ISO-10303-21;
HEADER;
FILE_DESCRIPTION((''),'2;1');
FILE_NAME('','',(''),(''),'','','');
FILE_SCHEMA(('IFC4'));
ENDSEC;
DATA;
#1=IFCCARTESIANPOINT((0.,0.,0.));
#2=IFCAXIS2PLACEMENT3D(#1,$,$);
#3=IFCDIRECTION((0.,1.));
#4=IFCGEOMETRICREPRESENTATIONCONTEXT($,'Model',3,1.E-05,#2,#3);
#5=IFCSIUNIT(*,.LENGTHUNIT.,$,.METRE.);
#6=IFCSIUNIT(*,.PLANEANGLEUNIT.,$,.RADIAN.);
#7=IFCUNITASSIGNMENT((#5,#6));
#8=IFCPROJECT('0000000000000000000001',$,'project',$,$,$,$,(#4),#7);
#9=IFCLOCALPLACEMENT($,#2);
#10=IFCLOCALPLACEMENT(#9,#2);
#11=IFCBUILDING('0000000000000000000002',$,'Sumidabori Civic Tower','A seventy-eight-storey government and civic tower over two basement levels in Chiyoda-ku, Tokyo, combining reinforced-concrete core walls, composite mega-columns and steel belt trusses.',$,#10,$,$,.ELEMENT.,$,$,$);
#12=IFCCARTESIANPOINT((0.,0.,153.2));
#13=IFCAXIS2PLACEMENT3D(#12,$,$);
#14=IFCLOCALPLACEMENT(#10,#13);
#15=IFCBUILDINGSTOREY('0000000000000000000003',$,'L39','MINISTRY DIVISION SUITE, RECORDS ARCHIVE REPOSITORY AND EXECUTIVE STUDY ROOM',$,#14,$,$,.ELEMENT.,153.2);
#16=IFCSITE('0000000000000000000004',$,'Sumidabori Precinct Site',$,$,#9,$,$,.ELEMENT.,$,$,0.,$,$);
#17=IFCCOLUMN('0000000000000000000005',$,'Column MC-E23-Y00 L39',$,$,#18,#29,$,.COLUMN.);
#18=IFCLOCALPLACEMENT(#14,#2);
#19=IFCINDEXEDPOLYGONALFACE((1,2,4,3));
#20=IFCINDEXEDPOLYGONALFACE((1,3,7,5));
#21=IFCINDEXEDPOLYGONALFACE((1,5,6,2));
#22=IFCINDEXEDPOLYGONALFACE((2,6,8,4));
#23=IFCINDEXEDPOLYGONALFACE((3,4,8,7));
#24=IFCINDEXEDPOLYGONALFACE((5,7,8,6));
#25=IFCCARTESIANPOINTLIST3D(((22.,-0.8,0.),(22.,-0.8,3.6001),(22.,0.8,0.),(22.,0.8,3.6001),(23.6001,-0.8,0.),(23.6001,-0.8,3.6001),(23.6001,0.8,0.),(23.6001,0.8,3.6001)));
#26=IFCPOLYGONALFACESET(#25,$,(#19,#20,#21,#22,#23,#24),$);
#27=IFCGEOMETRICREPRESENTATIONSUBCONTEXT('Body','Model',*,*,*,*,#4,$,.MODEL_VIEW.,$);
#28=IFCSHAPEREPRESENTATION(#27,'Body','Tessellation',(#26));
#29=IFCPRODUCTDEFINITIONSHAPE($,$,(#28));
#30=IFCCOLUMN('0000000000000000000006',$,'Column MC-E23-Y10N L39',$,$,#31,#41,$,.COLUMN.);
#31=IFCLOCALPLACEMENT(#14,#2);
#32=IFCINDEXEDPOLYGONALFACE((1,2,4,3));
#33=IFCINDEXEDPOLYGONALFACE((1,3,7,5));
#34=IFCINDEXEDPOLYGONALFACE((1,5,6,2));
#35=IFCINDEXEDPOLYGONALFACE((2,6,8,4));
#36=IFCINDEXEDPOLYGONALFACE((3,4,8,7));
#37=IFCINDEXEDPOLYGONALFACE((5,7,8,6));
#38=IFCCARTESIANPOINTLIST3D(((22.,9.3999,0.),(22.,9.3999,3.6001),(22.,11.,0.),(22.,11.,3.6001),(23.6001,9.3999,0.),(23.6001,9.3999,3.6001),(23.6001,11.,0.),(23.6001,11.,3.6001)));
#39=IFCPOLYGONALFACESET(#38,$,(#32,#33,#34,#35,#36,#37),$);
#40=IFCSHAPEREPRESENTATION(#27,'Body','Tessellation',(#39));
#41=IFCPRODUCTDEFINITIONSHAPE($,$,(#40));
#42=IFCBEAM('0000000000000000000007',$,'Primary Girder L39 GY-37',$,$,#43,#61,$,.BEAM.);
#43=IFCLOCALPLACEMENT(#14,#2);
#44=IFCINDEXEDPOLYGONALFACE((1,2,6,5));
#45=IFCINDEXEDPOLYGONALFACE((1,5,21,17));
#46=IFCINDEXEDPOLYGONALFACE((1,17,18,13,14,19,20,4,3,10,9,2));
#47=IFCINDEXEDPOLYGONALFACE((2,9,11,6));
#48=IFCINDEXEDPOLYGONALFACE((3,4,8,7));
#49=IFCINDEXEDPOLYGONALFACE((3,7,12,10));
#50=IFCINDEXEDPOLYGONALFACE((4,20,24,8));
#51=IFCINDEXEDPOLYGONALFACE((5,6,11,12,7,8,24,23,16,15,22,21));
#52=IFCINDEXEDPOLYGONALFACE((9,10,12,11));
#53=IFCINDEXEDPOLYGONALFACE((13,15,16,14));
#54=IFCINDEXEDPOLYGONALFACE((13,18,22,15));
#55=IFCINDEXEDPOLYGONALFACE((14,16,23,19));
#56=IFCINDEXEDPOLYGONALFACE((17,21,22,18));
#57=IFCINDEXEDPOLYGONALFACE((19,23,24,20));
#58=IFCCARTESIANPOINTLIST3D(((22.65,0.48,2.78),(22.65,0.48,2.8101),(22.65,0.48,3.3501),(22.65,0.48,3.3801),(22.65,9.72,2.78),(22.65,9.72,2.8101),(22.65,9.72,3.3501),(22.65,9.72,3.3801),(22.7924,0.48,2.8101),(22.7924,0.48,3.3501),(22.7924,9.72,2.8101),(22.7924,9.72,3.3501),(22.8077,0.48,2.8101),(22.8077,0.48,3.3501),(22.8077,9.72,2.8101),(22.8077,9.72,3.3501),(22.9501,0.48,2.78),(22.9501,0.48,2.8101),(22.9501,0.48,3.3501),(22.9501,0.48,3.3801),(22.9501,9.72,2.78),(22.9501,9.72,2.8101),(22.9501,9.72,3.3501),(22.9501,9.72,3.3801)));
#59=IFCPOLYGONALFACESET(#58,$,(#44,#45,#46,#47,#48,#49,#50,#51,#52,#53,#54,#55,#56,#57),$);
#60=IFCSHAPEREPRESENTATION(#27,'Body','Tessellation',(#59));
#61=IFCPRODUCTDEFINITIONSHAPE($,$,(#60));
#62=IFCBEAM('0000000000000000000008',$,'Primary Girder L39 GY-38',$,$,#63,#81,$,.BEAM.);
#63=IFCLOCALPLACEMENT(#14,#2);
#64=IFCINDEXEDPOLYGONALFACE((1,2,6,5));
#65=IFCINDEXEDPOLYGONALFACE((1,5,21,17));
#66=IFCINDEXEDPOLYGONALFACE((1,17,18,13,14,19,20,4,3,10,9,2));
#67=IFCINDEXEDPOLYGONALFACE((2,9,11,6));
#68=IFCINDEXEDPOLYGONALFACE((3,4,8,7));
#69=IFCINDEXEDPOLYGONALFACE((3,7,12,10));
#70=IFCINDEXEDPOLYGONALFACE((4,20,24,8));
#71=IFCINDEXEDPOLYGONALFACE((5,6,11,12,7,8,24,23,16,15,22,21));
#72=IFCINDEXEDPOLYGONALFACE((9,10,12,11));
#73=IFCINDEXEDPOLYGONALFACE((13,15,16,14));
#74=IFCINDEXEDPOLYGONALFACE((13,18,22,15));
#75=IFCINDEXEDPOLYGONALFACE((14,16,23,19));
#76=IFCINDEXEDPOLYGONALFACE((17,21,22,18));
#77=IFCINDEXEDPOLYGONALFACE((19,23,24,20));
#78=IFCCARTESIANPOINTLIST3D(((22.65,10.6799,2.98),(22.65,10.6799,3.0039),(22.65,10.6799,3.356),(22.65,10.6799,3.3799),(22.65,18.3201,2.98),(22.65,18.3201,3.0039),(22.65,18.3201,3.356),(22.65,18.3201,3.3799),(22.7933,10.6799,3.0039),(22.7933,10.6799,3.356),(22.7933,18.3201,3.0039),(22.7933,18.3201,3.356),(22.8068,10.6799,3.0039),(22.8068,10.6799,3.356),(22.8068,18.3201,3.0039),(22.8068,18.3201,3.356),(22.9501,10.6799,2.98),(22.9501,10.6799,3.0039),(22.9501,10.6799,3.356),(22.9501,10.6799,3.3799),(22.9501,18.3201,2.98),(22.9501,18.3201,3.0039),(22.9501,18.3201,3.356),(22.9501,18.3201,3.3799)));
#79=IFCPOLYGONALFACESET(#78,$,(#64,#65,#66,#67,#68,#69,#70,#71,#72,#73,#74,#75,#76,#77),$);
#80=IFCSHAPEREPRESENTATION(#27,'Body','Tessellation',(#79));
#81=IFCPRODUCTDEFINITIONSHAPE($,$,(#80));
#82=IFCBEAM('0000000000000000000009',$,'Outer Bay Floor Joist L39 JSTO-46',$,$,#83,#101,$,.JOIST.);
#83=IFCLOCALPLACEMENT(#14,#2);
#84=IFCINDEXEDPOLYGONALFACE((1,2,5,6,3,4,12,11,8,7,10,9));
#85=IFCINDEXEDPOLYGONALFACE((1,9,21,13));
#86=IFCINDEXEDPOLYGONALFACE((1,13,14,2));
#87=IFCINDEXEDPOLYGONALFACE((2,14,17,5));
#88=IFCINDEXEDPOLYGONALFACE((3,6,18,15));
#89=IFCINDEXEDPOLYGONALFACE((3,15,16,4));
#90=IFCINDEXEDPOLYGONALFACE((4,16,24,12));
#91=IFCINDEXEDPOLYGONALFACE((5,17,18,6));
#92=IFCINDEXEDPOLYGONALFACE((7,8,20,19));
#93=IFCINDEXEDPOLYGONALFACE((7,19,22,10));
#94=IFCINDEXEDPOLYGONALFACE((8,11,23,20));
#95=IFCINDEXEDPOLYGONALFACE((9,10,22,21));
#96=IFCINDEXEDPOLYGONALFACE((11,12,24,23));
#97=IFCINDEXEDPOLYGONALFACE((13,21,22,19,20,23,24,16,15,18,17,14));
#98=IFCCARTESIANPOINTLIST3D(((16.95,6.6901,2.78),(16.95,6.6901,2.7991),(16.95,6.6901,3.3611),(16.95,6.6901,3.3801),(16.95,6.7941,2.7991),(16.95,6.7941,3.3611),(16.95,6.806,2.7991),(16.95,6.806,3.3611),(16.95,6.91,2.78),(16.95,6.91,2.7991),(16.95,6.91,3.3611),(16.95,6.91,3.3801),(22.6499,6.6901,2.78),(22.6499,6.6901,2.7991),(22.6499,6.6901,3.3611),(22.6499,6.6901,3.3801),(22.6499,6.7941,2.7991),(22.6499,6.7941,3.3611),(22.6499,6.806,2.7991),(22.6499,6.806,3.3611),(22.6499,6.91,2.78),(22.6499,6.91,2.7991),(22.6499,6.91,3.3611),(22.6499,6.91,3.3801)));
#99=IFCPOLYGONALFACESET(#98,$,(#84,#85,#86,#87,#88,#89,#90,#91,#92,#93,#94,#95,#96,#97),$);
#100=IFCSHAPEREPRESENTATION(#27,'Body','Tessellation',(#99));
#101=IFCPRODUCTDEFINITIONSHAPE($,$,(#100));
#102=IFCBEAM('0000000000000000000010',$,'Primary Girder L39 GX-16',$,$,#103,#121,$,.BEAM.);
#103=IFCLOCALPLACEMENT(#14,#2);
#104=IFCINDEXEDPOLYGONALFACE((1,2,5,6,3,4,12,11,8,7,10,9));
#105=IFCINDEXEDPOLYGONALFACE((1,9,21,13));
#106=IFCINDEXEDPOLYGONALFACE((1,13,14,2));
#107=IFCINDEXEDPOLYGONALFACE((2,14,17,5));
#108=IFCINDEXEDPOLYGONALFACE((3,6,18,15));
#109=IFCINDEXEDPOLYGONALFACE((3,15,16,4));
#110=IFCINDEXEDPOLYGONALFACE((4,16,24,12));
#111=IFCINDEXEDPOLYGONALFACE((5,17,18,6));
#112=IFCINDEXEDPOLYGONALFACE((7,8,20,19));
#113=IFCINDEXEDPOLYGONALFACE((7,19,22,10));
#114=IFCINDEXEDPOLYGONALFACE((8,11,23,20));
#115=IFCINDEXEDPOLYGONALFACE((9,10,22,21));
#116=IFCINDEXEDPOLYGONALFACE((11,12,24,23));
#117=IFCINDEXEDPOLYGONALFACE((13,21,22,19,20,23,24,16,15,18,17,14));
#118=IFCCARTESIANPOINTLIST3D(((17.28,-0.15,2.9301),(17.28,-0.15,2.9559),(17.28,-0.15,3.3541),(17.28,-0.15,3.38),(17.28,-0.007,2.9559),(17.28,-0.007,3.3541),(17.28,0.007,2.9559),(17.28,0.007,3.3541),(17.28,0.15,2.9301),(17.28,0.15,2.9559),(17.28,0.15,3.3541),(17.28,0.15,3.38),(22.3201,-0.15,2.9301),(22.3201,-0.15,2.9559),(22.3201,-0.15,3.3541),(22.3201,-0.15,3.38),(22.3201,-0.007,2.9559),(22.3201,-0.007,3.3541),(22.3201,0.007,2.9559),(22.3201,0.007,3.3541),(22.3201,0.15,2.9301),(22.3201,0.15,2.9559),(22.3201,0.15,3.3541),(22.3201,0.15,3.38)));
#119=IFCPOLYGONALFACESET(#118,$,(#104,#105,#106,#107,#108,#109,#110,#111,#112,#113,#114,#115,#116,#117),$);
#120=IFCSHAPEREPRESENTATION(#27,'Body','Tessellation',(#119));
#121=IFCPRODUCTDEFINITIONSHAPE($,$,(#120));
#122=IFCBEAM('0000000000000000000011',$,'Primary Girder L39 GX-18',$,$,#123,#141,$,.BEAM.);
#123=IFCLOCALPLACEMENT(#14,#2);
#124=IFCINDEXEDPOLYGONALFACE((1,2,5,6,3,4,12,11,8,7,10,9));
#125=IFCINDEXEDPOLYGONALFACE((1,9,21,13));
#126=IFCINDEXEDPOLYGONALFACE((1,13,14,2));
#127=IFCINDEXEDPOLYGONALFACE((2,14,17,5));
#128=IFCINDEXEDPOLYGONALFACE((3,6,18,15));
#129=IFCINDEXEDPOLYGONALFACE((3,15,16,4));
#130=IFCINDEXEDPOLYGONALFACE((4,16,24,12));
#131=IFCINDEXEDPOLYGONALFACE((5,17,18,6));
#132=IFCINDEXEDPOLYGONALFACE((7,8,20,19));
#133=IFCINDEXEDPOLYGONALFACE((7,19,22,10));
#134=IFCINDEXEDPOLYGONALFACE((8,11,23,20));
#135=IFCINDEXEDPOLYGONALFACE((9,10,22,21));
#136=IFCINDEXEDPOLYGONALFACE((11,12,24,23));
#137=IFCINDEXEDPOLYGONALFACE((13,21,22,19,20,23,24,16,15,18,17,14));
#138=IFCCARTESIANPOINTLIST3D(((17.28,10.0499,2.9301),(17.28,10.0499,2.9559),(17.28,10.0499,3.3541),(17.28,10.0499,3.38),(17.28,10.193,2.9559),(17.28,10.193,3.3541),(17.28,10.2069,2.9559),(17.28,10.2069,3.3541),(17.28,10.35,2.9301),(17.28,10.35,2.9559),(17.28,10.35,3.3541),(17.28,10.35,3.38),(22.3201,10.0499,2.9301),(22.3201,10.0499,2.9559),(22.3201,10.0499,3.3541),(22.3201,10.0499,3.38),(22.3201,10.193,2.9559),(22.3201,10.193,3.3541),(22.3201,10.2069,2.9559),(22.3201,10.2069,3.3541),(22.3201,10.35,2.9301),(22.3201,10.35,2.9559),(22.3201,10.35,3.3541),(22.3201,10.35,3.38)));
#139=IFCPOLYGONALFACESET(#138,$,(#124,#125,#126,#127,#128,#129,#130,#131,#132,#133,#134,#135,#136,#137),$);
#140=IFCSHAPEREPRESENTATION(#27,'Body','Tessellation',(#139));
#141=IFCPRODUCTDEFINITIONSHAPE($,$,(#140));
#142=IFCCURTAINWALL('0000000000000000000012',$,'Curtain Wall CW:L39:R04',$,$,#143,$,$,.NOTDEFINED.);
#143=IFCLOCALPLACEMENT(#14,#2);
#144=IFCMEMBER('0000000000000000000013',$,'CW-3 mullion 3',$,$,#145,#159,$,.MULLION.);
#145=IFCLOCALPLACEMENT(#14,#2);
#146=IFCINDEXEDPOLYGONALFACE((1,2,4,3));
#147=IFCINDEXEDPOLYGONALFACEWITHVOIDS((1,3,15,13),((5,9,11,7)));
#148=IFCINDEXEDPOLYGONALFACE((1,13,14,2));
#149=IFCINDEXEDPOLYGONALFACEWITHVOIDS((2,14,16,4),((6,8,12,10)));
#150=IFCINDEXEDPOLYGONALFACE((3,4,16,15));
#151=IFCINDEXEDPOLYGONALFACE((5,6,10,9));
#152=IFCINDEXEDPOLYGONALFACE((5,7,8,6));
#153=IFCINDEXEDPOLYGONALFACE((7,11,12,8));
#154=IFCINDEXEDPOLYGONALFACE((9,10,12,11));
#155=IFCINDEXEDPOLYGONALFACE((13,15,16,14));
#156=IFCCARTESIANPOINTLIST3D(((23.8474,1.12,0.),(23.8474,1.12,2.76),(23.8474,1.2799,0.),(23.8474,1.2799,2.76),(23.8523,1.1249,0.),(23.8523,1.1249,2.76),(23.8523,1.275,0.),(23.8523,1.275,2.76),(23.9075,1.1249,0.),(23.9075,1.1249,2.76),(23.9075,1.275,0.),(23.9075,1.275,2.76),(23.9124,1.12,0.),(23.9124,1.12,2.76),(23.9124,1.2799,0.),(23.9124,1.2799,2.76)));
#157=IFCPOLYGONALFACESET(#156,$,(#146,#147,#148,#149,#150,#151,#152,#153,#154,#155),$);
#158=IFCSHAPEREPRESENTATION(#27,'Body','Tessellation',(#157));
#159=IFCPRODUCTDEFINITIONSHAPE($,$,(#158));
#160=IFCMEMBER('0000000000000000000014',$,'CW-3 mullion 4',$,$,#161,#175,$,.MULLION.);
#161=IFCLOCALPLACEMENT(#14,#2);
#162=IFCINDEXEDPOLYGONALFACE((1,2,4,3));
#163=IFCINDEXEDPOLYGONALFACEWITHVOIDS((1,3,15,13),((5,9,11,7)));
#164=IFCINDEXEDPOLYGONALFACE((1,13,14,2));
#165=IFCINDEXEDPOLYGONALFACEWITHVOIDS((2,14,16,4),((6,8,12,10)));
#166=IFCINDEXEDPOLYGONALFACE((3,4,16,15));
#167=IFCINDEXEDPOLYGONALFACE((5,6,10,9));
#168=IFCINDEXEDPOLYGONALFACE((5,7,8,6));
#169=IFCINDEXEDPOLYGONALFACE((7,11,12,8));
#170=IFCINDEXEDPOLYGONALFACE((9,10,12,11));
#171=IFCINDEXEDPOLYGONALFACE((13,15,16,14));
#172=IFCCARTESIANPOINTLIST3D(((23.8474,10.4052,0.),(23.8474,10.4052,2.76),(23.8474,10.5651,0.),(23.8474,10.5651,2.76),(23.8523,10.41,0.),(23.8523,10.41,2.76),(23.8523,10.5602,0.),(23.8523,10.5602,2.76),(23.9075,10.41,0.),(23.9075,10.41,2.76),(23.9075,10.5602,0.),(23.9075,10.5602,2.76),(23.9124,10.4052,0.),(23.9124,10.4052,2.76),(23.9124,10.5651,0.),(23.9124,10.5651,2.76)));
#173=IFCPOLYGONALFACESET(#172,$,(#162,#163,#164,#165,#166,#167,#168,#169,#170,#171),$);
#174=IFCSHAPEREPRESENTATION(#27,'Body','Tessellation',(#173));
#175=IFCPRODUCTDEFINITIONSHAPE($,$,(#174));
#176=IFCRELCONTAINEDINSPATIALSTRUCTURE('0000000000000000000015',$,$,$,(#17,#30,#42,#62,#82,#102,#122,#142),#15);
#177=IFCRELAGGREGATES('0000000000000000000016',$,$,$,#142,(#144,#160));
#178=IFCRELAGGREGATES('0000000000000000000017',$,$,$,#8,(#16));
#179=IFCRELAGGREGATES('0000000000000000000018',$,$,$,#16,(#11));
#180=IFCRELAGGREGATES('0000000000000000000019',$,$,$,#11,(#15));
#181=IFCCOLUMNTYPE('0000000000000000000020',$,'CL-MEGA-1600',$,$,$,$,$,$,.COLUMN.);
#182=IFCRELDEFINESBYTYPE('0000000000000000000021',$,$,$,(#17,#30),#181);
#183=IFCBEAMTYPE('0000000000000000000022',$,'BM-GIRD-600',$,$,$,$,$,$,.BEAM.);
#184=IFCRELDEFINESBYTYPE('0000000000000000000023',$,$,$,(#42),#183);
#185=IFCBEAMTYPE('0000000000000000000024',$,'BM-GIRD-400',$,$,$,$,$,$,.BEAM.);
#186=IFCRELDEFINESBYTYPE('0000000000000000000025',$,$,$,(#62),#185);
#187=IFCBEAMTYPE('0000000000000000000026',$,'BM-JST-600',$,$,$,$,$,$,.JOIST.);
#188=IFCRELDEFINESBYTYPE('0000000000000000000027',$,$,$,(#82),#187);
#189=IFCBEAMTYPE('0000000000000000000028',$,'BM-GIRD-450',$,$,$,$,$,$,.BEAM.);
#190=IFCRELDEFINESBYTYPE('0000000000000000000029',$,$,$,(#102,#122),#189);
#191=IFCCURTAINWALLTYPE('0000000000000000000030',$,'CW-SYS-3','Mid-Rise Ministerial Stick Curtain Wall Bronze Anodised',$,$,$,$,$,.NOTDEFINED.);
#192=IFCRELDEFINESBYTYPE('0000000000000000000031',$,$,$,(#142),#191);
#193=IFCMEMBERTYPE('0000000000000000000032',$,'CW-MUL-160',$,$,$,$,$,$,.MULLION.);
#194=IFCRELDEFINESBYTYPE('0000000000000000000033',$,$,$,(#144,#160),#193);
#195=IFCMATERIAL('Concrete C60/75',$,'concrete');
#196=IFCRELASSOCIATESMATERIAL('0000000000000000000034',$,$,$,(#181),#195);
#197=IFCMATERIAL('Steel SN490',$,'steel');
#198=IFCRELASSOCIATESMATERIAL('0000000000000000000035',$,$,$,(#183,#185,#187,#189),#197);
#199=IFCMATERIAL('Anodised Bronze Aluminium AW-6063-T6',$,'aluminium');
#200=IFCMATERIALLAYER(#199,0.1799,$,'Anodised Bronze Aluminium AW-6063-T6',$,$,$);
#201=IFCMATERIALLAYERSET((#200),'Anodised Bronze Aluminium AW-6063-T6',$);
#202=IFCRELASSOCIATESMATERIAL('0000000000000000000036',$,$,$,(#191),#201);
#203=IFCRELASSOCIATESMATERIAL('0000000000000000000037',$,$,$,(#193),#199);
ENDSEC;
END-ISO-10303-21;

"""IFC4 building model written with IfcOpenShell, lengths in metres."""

from ifc_helpers import new_model, si_unit, direction, frame, origin, origin_2d, place, context, subcontext, project, spatial, rectangle, hollow_rectangle, i_section, extrude, source, transform, mapped, material, layer, layer_set, material_profile, profile_set, type_object, element, aggregate, save


model = new_model("IFC4")

# Units and contexts
model_context = context("Model", 3, precision=1e-05, world=origin(), true_north=direction((0.0, 1.0)))
body_context = subcontext(model_context, "Body", "Model", "MODEL_VIEW")
ifc_project = project(units=[si_unit("LENGTHUNIT", "METRE"), si_unit("PLANEANGLEUNIT", "RADIAN")], contexts=[model_context])

# Site, building, storey
site_placement = place(None, origin())
site = spatial("IfcSite", under=ifc_project, at=site_placement, Name="Sumidabori Precinct Site", CompositionType="ELEMENT", RefElevation=0.0)
building_placement = place(site_placement, origin())
building = spatial("IfcBuilding", under=site, at=building_placement, Name="Sumidabori Civic Tower", Description="A seventy-eight-storey government and civic tower over two basement levels in Chiyoda-ku, Tokyo, combining reinforced-concrete core walls, composite mega-columns and steel belt trusses.", CompositionType="ELEMENT")
storey_placement = place(building_placement, frame((0.0, 0.0, 153.2)))
storey = spatial("IfcBuildingStorey", under=building, at=storey_placement, Name="L39", Description="MINISTRY DIVISION SUITE, RECORDS ARCHIVE REPOSITORY AND EXECUTIVE STUDY ROOM", CompositionType="ELEMENT", Elevation=153.2)

# Columns
ifc_material_1 = material(Name="Concrete C60/75", Category="concrete")
ifc_material_profile_1 = material_profile(ifc_material_1, rectangle(XDim=1.6001, YDim=1.6001, at=origin_2d()), Name="RC 1600x1600")
ifc_profile_set_1 = profile_set([ifc_material_profile_1], Name="Concrete C60/75")
column_type = type_object("IfcColumnType", Name="CL-MEGA-1600", PredefinedType="COLUMN", material=ifc_profile_set_1)
shared_shape_1 = source(origin(), body_context, "Body", "SweptSolid", [
    extrude(rectangle(XDim=1.6001, YDim=1.6001, at=origin_2d()), origin(), (0.0, 0.0, 1.0), 3.6001),
])
for number, where, z_axis, x_axis, name in (
    (1, (22.8, 0.0, 0.0), (0.0, 0.0, 1.0), (1.0, 0.0, 0.0), "Column MC-E23-Y00 L39"),
    (2, (22.8, 10.2, 0.0), (0.0, 0.0, 1.0), (1.0, 0.0, 0.0), "Column MC-E23-Y10N L39"),
):
    element("IfcColumn", number, at=place(storey_placement, frame(where, z_axis=z_axis, x_axis=x_axis)), inside=storey, type_object=column_type, Name=name, PredefinedType="COLUMN", context=body_context, shape_type="MappedRepresentation", body=[
        mapped(shared_shape_1, transform((0.0, 0.0, 0.0), x_axis=(1.0, 0.0, 0.0), y_axis=(0.0, 1.0, 0.0), z_axis=(0.0, 0.0, 1.0), scale=1.0)),
    ])

# Beams
ifc_material_2 = material(Name="Steel SN490", Category="steel")
ifc_material_profile_2 = material_profile(ifc_material_2, i_section(OverallWidth=0.3, OverallDepth=0.6001, WebThickness=0.0154, FlangeThickness=0.03, at=origin_2d()), Name="HE 600 B")
ifc_profile_set_2 = profile_set([ifc_material_profile_2], Name="Steel SN490")
beam_type_1 = type_object("IfcBeamType", Name="BM-GIRD-600", PredefinedType="BEAM", material=ifc_profile_set_2)
shared_shape_2 = source(origin(), body_context, "Body", "SweptSolid", [
    extrude(i_section(OverallWidth=0.3, OverallDepth=0.6001, WebThickness=0.0154, FlangeThickness=0.03, at=origin_2d()), origin(), (0.0, 0.0, 1.0), 9.24),
])
beam_1_placement = place(storey_placement, frame((22.8, 0.48, 3.0801), z_axis=(0.0, 1.0, 0.0), x_axis=(-1.0, 0.0, 0.0)))
element("IfcBeam", 3, at=beam_1_placement, inside=storey, type_object=beam_type_1, Name="Primary Girder L39 GY-37", PredefinedType="BEAM", context=body_context, shape_type="MappedRepresentation", body=[
    mapped(shared_shape_2, transform((0.0, 0.0, 0.0), x_axis=(1.0, 0.0, 0.0), y_axis=(0.0, 1.0, 0.0), z_axis=(0.0, 0.0, 1.0), scale=1.0)),
])
ifc_material_profile_3 = material_profile(ifc_material_2, i_section(OverallWidth=0.3, OverallDepth=0.3999, WebThickness=0.0134, FlangeThickness=0.0239, at=origin_2d()), Name="HE 400 B")
ifc_profile_set_3 = profile_set([ifc_material_profile_3], Name="Steel SN490")
beam_type_2 = type_object("IfcBeamType", Name="BM-GIRD-400", PredefinedType="BEAM", material=ifc_profile_set_3)
shared_shape_3 = source(origin(), body_context, "Body", "SweptSolid", [
    extrude(i_section(OverallWidth=0.3, OverallDepth=0.3999, WebThickness=0.0134, FlangeThickness=0.0239, at=origin_2d()), origin(), (0.0, 0.0, 1.0), 7.6401),
])
beam_2_placement = place(storey_placement, frame((22.8, 10.6799, 3.1799), z_axis=(0.0, 1.0, 0.0), x_axis=(-1.0, 0.0, 0.0)))
element("IfcBeam", 4, at=beam_2_placement, inside=storey, type_object=beam_type_2, Name="Primary Girder L39 GY-38", PredefinedType="BEAM", context=body_context, shape_type="MappedRepresentation", body=[
    mapped(shared_shape_3, transform((0.0, 0.0, 0.0), x_axis=(1.0, 0.0, 0.0), y_axis=(0.0, 1.0, 0.0), z_axis=(0.0, 0.0, 1.0), scale=1.0)),
])
ifc_material_profile_4 = material_profile(ifc_material_2, i_section(OverallWidth=0.22, OverallDepth=0.6001, WebThickness=0.012, FlangeThickness=0.019, at=origin_2d()), Name="IPE 600")
ifc_profile_set_4 = profile_set([ifc_material_profile_4], Name="Steel SN490")
beam_type_3 = type_object("IfcBeamType", Name="BM-JST-600", PredefinedType="JOIST", material=ifc_profile_set_4)
shared_shape_4 = source(origin(), body_context, "Body", "SweptSolid", [
    extrude(i_section(OverallWidth=0.22, OverallDepth=0.6001, WebThickness=0.012, FlangeThickness=0.019, at=origin_2d()), origin(), (0.0, 0.0, 1.0), 5.7),
])
beam_3_placement = place(storey_placement, frame((16.95, 6.8, 3.0801), z_axis=(1.0, 0.0, 0.0), x_axis=(0.0, 1.0, 0.0)))
element("IfcBeam", 5, at=beam_3_placement, inside=storey, type_object=beam_type_3, Name="Outer Bay Floor Joist L39 JSTO-46", PredefinedType="JOIST", context=body_context, shape_type="MappedRepresentation", body=[
    mapped(shared_shape_4, transform((0.0, 0.0, 0.0), x_axis=(1.0, 0.0, 0.0), y_axis=(0.0, 1.0, 0.0), z_axis=(0.0, 0.0, 1.0), scale=1.0)),
])
ifc_material_profile_5 = material_profile(ifc_material_2, i_section(OverallWidth=0.3, OverallDepth=0.45, WebThickness=0.0139, FlangeThickness=0.0259, at=origin_2d()), Name="HE 450 B")
ifc_profile_set_5 = profile_set([ifc_material_profile_5], Name="Steel SN490")
beam_type_4 = type_object("IfcBeamType", Name="BM-GIRD-450", PredefinedType="BEAM", material=ifc_profile_set_5)
shared_shape_5 = source(origin(), body_context, "Body", "SweptSolid", [
    extrude(i_section(OverallWidth=0.3, OverallDepth=0.45, WebThickness=0.0139, FlangeThickness=0.0259, at=origin_2d()), origin(), (0.0, 0.0, 1.0), 5.04),
])
for number, where, z_axis, x_axis, name in (
    (6, (17.28, 0.0, 3.155), (1.0, 0.0, 0.0), (0.0, 1.0, 0.0), "Primary Girder L39 GX-16"),
    (7, (17.28, 10.2, 3.155), (1.0, 0.0, 0.0), (0.0, 1.0, 0.0), "Primary Girder L39 GX-18"),
):
    element("IfcBeam", number, at=place(storey_placement, frame(where, z_axis=z_axis, x_axis=x_axis)), inside=storey, type_object=beam_type_4, Name=name, PredefinedType="BEAM", context=body_context, shape_type="MappedRepresentation", body=[
        mapped(shared_shape_5, transform((0.0, 0.0, 0.0), x_axis=(1.0, 0.0, 0.0), y_axis=(0.0, 1.0, 0.0), z_axis=(0.0, 0.0, 1.0), scale=1.0)),
    ])

# Curtain wall, members
ifc_material_3 = material(Name="Anodised Bronze Aluminium AW-6063-T6", Category="aluminium")
ifc_layer_1 = layer(ifc_material_3, 0.1799, Name="Anodised Bronze Aluminium AW-6063-T6")
ifc_layer_set_1 = layer_set([ifc_layer_1], Name="Anodised Bronze Aluminium AW-6063-T6")
curtain_wall_type = type_object("IfcCurtainWallType", Name="CW-SYS-3", Description="Mid-Rise Ministerial Stick Curtain Wall Bronze Anodised", PredefinedType="NOTDEFINED", material=ifc_layer_set_1)
curtain_wall_placement = place(storey_placement, origin())
curtain_wall = element("IfcCurtainWall", 8, at=curtain_wall_placement, inside=storey, type_object=curtain_wall_type, Name="Curtain Wall CW:L39:R04", PredefinedType="NOTDEFINED")
ifc_material_profile_6 = material_profile(ifc_material_3, hollow_rectangle(XDim=0.0649, YDim=0.1599, WallThickness=0.0049, at=origin_2d()), Name="ALU MULLION 160x65")
ifc_profile_set_6 = profile_set([ifc_material_profile_6], Name="Anodised Bronze Aluminium AW-6063-T6")
member_type_1 = type_object("IfcMemberType", Name="CW-MUL-160", PredefinedType="MULLION", material=ifc_profile_set_6)
shared_shape_6 = source(origin(), body_context, "Body", "SweptSolid", [
    extrude(hollow_rectangle(XDim=0.0649, YDim=0.1599, WallThickness=0.0049, at=origin_2d()), origin(), (0.0, 0.0, 1.0), 2.76),
])
member_1_placement = place(storey_placement, frame((23.8799, 1.2, 0.0), z_axis=(0.0, 0.0, 1.0), x_axis=(-1.0, 0.0, 0.0)))
member_1 = element("IfcMember", 9, at=member_1_placement, type_object=member_type_1, Name="CW-3 mullion 3", PredefinedType="MULLION", context=body_context, shape_type="MappedRepresentation", body=[
    mapped(shared_shape_6, transform((0.0, 0.0, 0.0), x_axis=(1.0, 0.0, 0.0), y_axis=(0.0, 1.0, 0.0), z_axis=(0.0, 0.0, 1.0), scale=1.0)),
])
member_2_placement = place(storey_placement, frame((23.8799, 10.4851, 0.0), z_axis=(0.0, 0.0, 1.0), x_axis=(-1.0, 0.0, 0.0)))
member_2 = element("IfcMember", 10, at=member_2_placement, type_object=member_type_1, Name="CW-3 mullion 4", PredefinedType="MULLION", context=body_context, shape_type="MappedRepresentation", body=[
    mapped(shared_shape_6, transform((0.0, 0.0, 0.0), x_axis=(1.0, 0.0, 0.0), y_axis=(0.0, 1.0, 0.0), z_axis=(0.0, 0.0, 1.0), scale=1.0)),
])
aggregate(curtain_wall, [member_1, member_2])

save(model, "model.ifc")
